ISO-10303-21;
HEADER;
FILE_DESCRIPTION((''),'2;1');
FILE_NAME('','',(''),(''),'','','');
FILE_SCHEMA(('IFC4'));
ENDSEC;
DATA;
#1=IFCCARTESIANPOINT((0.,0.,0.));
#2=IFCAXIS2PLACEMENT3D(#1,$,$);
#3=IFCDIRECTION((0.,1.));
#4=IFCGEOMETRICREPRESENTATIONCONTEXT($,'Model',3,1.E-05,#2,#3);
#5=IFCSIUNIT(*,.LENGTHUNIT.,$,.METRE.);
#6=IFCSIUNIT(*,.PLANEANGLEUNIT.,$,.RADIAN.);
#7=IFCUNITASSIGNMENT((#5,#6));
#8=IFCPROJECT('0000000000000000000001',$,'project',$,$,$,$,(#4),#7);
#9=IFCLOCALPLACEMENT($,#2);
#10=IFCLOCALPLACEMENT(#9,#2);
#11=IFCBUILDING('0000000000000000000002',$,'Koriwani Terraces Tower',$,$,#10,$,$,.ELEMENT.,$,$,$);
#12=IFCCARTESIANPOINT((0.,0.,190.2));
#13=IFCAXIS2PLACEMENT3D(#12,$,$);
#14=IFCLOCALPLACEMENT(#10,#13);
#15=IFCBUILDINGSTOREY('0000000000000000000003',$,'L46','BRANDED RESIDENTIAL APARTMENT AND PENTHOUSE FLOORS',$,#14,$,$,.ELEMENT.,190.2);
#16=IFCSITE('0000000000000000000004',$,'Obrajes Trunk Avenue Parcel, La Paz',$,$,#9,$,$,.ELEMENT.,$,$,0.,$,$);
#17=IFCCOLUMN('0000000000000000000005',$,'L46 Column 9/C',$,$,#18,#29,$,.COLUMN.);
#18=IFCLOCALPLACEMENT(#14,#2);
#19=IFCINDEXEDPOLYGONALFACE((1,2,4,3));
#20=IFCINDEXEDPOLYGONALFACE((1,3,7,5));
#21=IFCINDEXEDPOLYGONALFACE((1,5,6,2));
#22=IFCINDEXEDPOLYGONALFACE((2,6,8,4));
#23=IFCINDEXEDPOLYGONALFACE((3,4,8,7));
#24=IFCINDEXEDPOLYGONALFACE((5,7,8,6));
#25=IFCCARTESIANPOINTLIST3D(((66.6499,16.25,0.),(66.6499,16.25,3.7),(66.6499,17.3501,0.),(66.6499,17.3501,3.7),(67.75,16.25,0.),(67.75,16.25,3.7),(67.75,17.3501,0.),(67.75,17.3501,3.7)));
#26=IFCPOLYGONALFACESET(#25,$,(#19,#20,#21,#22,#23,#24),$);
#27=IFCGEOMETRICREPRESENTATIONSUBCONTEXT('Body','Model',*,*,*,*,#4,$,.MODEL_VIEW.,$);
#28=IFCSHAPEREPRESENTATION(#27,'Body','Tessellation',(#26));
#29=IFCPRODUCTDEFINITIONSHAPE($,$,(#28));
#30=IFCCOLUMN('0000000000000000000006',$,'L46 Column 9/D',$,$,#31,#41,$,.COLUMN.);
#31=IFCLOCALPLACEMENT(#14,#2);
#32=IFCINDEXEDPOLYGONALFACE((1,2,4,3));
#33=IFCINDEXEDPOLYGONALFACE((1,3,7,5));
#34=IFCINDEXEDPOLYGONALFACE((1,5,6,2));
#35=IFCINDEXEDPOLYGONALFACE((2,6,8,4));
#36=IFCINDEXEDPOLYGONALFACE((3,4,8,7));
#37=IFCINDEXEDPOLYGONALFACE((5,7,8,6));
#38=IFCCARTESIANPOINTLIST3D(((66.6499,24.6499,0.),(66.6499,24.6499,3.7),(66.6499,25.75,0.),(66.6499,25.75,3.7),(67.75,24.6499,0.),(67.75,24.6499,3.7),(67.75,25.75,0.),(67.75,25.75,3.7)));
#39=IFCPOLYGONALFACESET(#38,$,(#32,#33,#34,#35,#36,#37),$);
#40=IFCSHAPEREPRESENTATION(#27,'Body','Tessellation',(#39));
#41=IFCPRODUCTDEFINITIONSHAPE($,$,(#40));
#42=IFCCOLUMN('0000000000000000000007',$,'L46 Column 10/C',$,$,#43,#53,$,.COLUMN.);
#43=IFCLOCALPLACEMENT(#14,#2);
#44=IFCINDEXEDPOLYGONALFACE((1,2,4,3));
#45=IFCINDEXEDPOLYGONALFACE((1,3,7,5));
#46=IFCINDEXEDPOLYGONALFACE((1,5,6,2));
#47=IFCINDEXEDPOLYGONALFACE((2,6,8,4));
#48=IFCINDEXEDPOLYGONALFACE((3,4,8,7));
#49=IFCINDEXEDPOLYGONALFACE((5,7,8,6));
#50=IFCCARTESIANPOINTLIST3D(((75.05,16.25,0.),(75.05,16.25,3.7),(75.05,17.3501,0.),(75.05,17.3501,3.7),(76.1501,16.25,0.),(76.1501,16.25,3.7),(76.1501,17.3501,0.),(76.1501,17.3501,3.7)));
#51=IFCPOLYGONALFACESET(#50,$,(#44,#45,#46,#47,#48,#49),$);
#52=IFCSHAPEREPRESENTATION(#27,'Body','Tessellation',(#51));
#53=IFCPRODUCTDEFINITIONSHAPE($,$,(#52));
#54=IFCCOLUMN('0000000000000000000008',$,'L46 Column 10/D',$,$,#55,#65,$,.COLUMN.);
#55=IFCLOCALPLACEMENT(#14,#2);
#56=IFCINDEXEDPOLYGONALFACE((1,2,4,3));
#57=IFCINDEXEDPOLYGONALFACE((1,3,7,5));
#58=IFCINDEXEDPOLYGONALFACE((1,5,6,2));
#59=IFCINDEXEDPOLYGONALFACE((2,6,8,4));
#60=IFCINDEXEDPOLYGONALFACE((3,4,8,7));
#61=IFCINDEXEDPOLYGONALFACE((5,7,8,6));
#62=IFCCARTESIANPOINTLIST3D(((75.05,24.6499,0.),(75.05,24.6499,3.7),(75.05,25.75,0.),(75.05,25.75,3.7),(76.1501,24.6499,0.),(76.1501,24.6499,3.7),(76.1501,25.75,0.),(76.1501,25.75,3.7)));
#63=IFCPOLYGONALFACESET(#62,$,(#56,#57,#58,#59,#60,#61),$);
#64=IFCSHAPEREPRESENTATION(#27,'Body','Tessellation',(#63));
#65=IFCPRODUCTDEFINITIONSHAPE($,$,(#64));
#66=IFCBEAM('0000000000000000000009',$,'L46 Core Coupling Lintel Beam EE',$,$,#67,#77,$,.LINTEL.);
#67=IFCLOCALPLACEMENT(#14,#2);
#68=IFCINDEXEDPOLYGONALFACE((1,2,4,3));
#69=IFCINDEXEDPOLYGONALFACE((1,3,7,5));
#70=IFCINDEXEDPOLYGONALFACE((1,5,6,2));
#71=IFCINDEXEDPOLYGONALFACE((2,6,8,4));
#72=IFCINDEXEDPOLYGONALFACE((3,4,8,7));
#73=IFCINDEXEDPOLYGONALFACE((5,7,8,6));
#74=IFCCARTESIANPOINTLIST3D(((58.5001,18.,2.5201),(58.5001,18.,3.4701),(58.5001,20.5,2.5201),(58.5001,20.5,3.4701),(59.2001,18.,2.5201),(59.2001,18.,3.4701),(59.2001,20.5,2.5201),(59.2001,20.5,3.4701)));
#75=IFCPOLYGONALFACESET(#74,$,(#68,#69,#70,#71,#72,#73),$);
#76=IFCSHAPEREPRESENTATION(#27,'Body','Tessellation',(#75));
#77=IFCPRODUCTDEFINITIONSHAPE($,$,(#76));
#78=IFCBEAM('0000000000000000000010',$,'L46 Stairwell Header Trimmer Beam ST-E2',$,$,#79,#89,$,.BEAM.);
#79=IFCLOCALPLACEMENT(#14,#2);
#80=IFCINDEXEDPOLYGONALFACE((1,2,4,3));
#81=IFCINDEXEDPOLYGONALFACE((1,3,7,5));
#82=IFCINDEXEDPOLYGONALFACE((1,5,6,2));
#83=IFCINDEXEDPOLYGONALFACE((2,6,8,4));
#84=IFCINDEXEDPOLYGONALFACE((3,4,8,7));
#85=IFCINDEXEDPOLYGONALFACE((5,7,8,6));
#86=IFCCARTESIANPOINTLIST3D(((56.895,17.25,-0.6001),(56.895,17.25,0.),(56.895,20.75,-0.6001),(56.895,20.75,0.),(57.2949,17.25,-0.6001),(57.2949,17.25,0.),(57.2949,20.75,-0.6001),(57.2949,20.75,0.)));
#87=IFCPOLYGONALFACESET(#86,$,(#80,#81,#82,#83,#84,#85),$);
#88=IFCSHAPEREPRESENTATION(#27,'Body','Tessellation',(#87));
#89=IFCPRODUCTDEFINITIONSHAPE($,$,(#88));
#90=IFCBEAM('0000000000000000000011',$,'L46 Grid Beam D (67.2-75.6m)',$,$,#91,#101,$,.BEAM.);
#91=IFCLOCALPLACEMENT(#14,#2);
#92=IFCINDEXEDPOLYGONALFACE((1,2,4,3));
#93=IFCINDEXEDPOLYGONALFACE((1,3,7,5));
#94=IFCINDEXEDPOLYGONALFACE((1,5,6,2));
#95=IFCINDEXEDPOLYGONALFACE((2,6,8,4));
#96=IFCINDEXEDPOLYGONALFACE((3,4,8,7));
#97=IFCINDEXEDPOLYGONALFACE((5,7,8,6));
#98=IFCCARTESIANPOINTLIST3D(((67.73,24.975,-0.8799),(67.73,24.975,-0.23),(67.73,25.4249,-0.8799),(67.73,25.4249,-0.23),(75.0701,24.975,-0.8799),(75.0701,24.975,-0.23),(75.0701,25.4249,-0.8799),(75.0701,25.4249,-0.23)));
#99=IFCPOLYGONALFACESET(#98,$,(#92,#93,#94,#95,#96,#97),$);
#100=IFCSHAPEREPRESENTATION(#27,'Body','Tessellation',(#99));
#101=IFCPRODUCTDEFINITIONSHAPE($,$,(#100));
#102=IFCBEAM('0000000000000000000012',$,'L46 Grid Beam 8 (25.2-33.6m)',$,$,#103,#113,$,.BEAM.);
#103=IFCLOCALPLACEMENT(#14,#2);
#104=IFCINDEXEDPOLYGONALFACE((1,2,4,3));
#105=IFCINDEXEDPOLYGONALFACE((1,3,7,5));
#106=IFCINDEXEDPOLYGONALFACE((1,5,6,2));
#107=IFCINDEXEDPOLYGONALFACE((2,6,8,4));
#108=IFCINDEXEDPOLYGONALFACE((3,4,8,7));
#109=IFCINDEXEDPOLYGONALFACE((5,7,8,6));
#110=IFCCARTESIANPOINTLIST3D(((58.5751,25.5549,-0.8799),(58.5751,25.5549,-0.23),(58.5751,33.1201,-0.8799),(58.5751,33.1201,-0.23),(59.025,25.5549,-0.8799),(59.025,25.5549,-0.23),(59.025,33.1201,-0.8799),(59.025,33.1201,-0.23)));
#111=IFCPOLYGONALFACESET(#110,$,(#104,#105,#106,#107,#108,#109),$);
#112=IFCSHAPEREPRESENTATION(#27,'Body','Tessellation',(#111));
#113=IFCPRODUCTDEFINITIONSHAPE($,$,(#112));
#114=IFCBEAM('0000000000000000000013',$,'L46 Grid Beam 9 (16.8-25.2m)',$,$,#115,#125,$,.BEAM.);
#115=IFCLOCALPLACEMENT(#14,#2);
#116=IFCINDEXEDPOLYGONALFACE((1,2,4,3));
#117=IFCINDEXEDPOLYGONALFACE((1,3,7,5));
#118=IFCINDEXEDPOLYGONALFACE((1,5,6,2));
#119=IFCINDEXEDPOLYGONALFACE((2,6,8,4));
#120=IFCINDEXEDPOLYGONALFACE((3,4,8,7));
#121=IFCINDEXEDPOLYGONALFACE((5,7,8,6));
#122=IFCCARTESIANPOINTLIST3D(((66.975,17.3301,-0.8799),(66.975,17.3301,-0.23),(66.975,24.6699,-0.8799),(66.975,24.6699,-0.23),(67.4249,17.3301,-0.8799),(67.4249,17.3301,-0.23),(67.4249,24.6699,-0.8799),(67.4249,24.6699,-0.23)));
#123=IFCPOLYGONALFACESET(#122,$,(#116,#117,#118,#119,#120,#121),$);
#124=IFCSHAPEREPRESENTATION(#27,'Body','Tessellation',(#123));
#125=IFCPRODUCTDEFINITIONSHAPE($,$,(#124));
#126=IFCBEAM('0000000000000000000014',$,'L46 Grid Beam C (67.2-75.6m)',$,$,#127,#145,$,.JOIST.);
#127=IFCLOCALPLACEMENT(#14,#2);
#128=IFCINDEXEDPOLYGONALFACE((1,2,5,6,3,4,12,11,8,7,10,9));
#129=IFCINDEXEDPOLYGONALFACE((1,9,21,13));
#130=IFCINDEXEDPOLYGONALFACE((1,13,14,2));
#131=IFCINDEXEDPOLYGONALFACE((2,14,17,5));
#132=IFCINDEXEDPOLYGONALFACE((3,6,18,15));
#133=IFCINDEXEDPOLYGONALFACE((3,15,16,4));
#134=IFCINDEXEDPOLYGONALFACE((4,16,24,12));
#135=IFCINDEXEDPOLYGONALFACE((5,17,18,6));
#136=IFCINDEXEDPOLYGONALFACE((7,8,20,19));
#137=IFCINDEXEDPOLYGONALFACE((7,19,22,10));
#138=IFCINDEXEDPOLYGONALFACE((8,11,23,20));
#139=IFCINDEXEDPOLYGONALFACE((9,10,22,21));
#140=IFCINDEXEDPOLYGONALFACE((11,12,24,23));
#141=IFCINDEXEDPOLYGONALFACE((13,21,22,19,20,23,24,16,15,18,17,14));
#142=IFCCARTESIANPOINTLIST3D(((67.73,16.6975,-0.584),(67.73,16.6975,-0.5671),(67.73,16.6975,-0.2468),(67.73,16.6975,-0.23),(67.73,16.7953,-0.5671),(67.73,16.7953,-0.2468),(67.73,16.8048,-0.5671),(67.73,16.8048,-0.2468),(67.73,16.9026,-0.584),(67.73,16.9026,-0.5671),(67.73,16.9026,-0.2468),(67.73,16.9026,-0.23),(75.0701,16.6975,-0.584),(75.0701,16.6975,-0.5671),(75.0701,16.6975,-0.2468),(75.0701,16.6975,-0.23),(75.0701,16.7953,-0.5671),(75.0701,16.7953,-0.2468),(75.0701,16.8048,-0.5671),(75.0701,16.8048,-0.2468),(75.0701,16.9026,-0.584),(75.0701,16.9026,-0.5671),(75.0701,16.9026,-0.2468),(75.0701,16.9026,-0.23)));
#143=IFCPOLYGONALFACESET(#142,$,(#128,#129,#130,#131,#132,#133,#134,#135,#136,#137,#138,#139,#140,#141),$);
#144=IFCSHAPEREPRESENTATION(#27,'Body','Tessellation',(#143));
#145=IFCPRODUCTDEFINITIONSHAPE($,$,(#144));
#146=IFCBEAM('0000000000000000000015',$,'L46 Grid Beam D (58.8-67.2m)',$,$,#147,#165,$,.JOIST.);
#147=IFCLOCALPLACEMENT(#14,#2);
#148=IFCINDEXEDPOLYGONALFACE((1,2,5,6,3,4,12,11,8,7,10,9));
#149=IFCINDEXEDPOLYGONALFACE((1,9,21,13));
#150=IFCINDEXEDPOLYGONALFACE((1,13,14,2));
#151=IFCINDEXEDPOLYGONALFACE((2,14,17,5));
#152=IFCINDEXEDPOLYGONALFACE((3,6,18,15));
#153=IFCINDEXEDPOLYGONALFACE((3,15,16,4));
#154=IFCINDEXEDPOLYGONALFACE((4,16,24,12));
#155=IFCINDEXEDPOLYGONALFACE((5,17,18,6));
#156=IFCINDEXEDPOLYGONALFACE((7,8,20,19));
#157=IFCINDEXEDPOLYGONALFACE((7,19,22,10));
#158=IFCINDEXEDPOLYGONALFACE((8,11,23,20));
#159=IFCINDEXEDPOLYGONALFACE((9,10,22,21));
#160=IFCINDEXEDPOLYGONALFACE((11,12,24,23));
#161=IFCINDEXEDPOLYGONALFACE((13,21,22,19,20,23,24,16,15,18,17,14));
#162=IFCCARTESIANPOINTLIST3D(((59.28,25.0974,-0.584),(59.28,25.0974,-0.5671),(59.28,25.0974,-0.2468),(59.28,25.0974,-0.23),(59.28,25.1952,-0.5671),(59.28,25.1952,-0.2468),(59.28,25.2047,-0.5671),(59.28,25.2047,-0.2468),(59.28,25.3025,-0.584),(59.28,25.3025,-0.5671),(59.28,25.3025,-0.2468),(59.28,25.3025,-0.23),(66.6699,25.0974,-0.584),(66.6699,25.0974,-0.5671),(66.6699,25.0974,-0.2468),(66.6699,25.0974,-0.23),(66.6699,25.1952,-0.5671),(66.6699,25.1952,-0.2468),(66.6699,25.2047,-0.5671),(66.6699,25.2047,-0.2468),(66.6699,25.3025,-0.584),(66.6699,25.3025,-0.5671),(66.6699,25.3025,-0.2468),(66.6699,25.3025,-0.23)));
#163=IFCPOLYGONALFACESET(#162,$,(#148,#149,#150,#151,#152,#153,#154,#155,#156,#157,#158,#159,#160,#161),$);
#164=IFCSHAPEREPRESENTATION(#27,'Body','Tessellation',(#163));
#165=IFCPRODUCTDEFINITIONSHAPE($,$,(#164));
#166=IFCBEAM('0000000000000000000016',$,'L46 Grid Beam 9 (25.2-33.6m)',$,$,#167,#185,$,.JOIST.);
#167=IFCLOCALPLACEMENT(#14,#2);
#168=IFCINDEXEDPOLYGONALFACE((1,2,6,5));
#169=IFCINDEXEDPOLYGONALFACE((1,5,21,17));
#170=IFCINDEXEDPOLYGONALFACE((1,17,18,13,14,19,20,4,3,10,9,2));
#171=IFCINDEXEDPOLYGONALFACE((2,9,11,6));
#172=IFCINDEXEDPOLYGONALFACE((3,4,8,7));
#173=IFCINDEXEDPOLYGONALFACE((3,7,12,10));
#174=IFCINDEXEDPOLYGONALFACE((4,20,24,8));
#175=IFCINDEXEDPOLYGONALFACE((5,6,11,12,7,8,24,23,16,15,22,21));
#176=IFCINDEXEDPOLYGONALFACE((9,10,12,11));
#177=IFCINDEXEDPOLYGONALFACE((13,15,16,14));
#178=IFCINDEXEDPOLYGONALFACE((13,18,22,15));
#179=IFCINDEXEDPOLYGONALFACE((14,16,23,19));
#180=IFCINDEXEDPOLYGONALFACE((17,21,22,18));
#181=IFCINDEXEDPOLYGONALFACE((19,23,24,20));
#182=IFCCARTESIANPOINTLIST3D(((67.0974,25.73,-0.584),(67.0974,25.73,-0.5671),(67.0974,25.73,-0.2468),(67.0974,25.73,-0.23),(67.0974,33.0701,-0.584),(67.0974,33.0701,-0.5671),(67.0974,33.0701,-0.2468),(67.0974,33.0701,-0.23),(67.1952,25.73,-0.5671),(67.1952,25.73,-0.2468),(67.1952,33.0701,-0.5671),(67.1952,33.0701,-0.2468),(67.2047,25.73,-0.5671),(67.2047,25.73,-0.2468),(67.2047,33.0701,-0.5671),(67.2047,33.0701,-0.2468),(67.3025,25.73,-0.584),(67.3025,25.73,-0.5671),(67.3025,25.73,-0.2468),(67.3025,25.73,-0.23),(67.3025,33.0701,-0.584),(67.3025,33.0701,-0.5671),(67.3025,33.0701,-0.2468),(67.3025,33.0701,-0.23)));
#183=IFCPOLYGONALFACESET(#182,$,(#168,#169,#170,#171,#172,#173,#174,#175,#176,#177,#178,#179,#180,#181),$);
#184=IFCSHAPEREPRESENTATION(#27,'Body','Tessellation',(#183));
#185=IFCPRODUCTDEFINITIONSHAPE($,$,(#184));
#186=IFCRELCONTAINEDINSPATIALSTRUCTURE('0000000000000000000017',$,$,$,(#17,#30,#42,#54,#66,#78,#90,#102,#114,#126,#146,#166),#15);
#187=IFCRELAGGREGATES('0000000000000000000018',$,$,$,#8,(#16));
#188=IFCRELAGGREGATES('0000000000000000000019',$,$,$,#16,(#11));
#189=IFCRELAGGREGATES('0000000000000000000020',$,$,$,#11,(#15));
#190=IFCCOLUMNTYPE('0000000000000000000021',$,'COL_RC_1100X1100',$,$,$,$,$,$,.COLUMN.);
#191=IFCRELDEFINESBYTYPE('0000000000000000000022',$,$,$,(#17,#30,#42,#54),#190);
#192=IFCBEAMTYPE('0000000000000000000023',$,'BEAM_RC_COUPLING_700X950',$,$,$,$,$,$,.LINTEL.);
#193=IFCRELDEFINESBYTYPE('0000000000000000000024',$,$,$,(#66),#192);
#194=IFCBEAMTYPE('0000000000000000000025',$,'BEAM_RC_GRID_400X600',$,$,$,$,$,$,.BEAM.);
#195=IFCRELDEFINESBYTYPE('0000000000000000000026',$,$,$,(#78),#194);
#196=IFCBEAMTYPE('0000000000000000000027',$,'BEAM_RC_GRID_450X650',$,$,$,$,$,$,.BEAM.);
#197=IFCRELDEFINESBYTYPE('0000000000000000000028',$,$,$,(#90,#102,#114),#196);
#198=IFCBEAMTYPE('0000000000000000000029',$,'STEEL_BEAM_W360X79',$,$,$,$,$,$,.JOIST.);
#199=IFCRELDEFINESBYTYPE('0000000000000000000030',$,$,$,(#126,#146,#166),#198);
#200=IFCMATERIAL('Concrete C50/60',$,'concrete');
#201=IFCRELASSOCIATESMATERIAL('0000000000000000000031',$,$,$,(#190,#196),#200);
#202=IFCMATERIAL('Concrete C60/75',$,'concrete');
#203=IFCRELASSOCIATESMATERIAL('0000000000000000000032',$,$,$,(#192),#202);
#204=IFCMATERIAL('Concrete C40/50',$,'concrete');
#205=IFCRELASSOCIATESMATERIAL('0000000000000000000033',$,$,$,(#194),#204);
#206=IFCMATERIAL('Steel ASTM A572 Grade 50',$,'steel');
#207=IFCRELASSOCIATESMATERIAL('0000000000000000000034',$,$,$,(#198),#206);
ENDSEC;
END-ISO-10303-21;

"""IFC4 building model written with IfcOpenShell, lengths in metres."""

from ifc_helpers import new_model, si_unit, direction, frame, origin, origin_2d, place, context, subcontext, project, spatial, rectangle, i_section, extrude, material, material_profile, profile_set, type_object, element, save


model = new_model("IFC4")

# Units and contexts
model_context = context("Model", 3, precision=1e-05, world=origin(), true_north=direction((0.0, 1.0)))
body_context = subcontext(model_context, "Body", "Model", "MODEL_VIEW")
ifc_project = project(units=[si_unit("LENGTHUNIT", "METRE"), si_unit("PLANEANGLEUNIT", "RADIAN")], contexts=[model_context])

# Site, building, storey
site_placement = place(None, origin())
site = spatial("IfcSite", under=ifc_project, at=site_placement, Name="Obrajes Trunk Avenue Parcel, La Paz", CompositionType="ELEMENT", RefElevation=0.0)
building_placement = place(site_placement, origin())
building = spatial("IfcBuilding", under=site, at=building_placement, Name="Koriwani Terraces Tower", CompositionType="ELEMENT")
storey_placement = place(building_placement, frame((0.0, 0.0, 190.2)))
storey = spatial("IfcBuildingStorey", under=building, at=storey_placement, Name="L46", Description="BRANDED RESIDENTIAL APARTMENT AND PENTHOUSE FLOORS", CompositionType="ELEMENT", Elevation=190.2)

# Columns
ifc_material_1 = material(Name="Concrete C50/60", Category="concrete")
ifc_material_profile_1 = material_profile(ifc_material_1, rectangle(XDim=1.1001, YDim=1.1001, at=origin_2d()), Name="Concrete C50/60", Category="LoadBearing")
ifc_profile_set_1 = profile_set([ifc_material_profile_1], Name="Concrete C50/60")
column_type = type_object("IfcColumnType", Name="COL_RC_1100X1100", PredefinedType="COLUMN", material=ifc_profile_set_1)
for number, where, z_axis, x_axis, name in (
    (1, (67.2, 16.8, 0.0), (0.0, 0.0, 1.0), (1.0, 0.0, 0.0), "L46 Column 9/C"),
    (2, (67.2, 25.2, 0.0), (0.0, 0.0, 1.0), (1.0, 0.0, 0.0), "L46 Column 9/D"),
    (3, (75.6001, 16.8, 0.0), (0.0, 0.0, 1.0), (1.0, 0.0, 0.0), "L46 Column 10/C"),
    (4, (75.6001, 25.2, 0.0), (0.0, 0.0, 1.0), (1.0, 0.0, 0.0), "L46 Column 10/D"),
):
    element("IfcColumn", number, at=place(storey_placement, frame(where, z_axis=z_axis, x_axis=x_axis)), inside=storey, type_object=column_type, Name=name, PredefinedType="COLUMN", context=body_context, shape_type="SweptSolid", body=[
        extrude(rectangle(XDim=1.1001, YDim=1.1001, at=origin_2d()), origin(), (0.0, 0.0, 1.0), 3.7),
    ])

# Beams
ifc_material_2 = material(Name="Concrete C60/75", Category="concrete")
ifc_material_profile_2 = material_profile(ifc_material_2, rectangle(XDim=0.7, YDim=0.95, at=origin_2d()), Name="Concrete C60/75", Category="LoadBearing")
ifc_profile_set_2 = profile_set([ifc_material_profile_2], Name="Concrete C60/75")
beam_type_1 = type_object("IfcBeamType", Name="BEAM_RC_COUPLING_700X950", PredefinedType="LINTEL", material=ifc_profile_set_2)
beam_1_placement = place(storey_placement, frame((58.8501, 18.0, 2.9951), z_axis=(0.0, 1.0, 0.0), x_axis=(-1.0, 0.0, 0.0)))
element("IfcBeam", 5, at=beam_1_placement, inside=storey, type_object=beam_type_1, Name="L46 Core Coupling Lintel Beam EE", PredefinedType="LINTEL", context=body_context, shape_type="SweptSolid", body=[
    extrude(rectangle(XDim=0.7, YDim=0.95, at=origin_2d()), origin(), (0.0, 0.0, 1.0), 2.5),
])
ifc_material_3 = material(Name="Concrete C40/50", Category="concrete")
ifc_material_profile_3 = material_profile(ifc_material_3, rectangle(XDim=0.3999, YDim=0.6001, at=origin_2d()), Name="Concrete C40/50", Category="LoadBearing")
ifc_profile_set_3 = profile_set([ifc_material_profile_3], Name="Concrete C40/50")
beam_type_2 = type_object("IfcBeamType", Name="BEAM_RC_GRID_400X600", PredefinedType="BEAM", material=ifc_profile_set_3)
beam_2_placement = place(storey_placement, frame((57.095, 17.25, -0.3), z_axis=(0.0, 1.0, 0.0), x_axis=(-1.0, 0.0, 0.0)))
element("IfcBeam", 6, at=beam_2_placement, inside=storey, type_object=beam_type_2, Name="L46 Stairwell Header Trimmer Beam ST-E2", PredefinedType="BEAM", context=body_context, shape_type="SweptSolid", body=[
    extrude(rectangle(XDim=0.3999, YDim=0.6001, at=origin_2d()), origin(), (0.0, 0.0, 1.0), 3.5),
])
ifc_material_profile_4 = material_profile(ifc_material_1, rectangle(XDim=0.45, YDim=0.6499, at=origin_2d()), Name="Concrete C50/60", Category="LoadBearing")
ifc_profile_set_4 = profile_set([ifc_material_profile_4], Name="Concrete C50/60")
beam_type_3 = type_object("IfcBeamType", Name="BEAM_RC_GRID_450X650", PredefinedType="BEAM", material=ifc_profile_set_4)
beam_3_placement = place(storey_placement, frame((67.73, 25.2, -0.5549), z_axis=(1.0, 0.0, 0.0), x_axis=(0.0, 1.0, 0.0)))
element("IfcBeam", 7, at=beam_3_placement, inside=storey, type_object=beam_type_3, Name="L46 Grid Beam D (67.2-75.6m)", PredefinedType="BEAM", context=body_context, shape_type="SweptSolid", body=[
    extrude(rectangle(XDim=0.45, YDim=0.6499, at=origin_2d()), origin(), (0.0, 0.0, 1.0), 7.3401),
])
beam_4_placement = place(storey_placement, frame((58.8, 25.5549, -0.5549), z_axis=(0.0, 1.0, 0.0), x_axis=(-1.0, 0.0, 0.0)))
element("IfcBeam", 8, at=beam_4_placement, inside=storey, type_object=beam_type_3, Name="L46 Grid Beam 8 (25.2-33.6m)", PredefinedType="BEAM", context=body_context, shape_type="SweptSolid", body=[
    extrude(rectangle(XDim=0.45, YDim=0.6499, at=origin_2d()), origin(), (0.0, 0.0, 1.0), 7.5652),
])
beam_5_placement = place(storey_placement, frame((67.2, 17.3301, -0.5549), z_axis=(0.0, 1.0, 0.0), x_axis=(-1.0, 0.0, 0.0)))
element("IfcBeam", 9, at=beam_5_placement, inside=storey, type_object=beam_type_3, Name="L46 Grid Beam 9 (16.8-25.2m)", PredefinedType="BEAM", context=body_context, shape_type="SweptSolid", body=[
    extrude(rectangle(XDim=0.45, YDim=0.6499, at=origin_2d()), origin(), (0.0, 0.0, 1.0), 7.3398),
])
ifc_material_4 = material(Name="Steel ASTM A572 Grade 50", Category="steel")
ifc_material_profile_5 = material_profile(ifc_material_4, i_section(OverallWidth=0.2051, OverallDepth=0.354, WebThickness=0.0095, FlangeThickness=0.0168, at=origin_2d()), Name="Steel ASTM A572 Grade 50", Category="LoadBearing")
ifc_profile_set_5 = profile_set([ifc_material_profile_5], Name="Steel ASTM A572 Grade 50")
beam_type_4 = type_object("IfcBeamType", Name="STEEL_BEAM_W360X79", PredefinedType="JOIST", material=ifc_profile_set_5)
beam_6_placement = place(storey_placement, frame((67.73, 16.8, -0.407), z_axis=(1.0, 0.0, 0.0), x_axis=(0.0, 1.0, 0.0)))
element("IfcBeam", 10, at=beam_6_placement, inside=storey, type_object=beam_type_4, Name="L46 Grid Beam C (67.2-75.6m)", PredefinedType="JOIST", context=body_context, shape_type="SweptSolid", body=[
    extrude(i_section(OverallWidth=0.2051, OverallDepth=0.354, WebThickness=0.0095, FlangeThickness=0.0168, at=origin_2d()), origin(), (0.0, 0.0, 1.0), 7.3401),
])
beam_7_placement = place(storey_placement, frame((59.28, 25.2, -0.407), z_axis=(1.0, 0.0, 0.0), x_axis=(0.0, 1.0, 0.0)))
element("IfcBeam", 11, at=beam_7_placement, inside=storey, type_object=beam_type_4, Name="L46 Grid Beam D (58.8-67.2m)", PredefinedType="JOIST", context=body_context, shape_type="SweptSolid", body=[
    extrude(i_section(OverallWidth=0.2051, OverallDepth=0.354, WebThickness=0.0095, FlangeThickness=0.0168, at=origin_2d()), origin(), (0.0, 0.0, 1.0), 7.3899),
])
beam_8_placement = place(storey_placement, frame((67.2, 25.73, -0.407), z_axis=(0.0, 1.0, 0.0), x_axis=(-1.0, 0.0, 0.0)))
element("IfcBeam", 12, at=beam_8_placement, inside=storey, type_object=beam_type_4, Name="L46 Grid Beam 9 (25.2-33.6m)", PredefinedType="JOIST", context=body_context, shape_type="SweptSolid", body=[
    extrude(i_section(OverallWidth=0.2051, OverallDepth=0.354, WebThickness=0.0095, FlangeThickness=0.0168, at=origin_2d()), origin(), (0.0, 0.0, 1.0), 7.3401),
])

save(model, "model.ifc")
